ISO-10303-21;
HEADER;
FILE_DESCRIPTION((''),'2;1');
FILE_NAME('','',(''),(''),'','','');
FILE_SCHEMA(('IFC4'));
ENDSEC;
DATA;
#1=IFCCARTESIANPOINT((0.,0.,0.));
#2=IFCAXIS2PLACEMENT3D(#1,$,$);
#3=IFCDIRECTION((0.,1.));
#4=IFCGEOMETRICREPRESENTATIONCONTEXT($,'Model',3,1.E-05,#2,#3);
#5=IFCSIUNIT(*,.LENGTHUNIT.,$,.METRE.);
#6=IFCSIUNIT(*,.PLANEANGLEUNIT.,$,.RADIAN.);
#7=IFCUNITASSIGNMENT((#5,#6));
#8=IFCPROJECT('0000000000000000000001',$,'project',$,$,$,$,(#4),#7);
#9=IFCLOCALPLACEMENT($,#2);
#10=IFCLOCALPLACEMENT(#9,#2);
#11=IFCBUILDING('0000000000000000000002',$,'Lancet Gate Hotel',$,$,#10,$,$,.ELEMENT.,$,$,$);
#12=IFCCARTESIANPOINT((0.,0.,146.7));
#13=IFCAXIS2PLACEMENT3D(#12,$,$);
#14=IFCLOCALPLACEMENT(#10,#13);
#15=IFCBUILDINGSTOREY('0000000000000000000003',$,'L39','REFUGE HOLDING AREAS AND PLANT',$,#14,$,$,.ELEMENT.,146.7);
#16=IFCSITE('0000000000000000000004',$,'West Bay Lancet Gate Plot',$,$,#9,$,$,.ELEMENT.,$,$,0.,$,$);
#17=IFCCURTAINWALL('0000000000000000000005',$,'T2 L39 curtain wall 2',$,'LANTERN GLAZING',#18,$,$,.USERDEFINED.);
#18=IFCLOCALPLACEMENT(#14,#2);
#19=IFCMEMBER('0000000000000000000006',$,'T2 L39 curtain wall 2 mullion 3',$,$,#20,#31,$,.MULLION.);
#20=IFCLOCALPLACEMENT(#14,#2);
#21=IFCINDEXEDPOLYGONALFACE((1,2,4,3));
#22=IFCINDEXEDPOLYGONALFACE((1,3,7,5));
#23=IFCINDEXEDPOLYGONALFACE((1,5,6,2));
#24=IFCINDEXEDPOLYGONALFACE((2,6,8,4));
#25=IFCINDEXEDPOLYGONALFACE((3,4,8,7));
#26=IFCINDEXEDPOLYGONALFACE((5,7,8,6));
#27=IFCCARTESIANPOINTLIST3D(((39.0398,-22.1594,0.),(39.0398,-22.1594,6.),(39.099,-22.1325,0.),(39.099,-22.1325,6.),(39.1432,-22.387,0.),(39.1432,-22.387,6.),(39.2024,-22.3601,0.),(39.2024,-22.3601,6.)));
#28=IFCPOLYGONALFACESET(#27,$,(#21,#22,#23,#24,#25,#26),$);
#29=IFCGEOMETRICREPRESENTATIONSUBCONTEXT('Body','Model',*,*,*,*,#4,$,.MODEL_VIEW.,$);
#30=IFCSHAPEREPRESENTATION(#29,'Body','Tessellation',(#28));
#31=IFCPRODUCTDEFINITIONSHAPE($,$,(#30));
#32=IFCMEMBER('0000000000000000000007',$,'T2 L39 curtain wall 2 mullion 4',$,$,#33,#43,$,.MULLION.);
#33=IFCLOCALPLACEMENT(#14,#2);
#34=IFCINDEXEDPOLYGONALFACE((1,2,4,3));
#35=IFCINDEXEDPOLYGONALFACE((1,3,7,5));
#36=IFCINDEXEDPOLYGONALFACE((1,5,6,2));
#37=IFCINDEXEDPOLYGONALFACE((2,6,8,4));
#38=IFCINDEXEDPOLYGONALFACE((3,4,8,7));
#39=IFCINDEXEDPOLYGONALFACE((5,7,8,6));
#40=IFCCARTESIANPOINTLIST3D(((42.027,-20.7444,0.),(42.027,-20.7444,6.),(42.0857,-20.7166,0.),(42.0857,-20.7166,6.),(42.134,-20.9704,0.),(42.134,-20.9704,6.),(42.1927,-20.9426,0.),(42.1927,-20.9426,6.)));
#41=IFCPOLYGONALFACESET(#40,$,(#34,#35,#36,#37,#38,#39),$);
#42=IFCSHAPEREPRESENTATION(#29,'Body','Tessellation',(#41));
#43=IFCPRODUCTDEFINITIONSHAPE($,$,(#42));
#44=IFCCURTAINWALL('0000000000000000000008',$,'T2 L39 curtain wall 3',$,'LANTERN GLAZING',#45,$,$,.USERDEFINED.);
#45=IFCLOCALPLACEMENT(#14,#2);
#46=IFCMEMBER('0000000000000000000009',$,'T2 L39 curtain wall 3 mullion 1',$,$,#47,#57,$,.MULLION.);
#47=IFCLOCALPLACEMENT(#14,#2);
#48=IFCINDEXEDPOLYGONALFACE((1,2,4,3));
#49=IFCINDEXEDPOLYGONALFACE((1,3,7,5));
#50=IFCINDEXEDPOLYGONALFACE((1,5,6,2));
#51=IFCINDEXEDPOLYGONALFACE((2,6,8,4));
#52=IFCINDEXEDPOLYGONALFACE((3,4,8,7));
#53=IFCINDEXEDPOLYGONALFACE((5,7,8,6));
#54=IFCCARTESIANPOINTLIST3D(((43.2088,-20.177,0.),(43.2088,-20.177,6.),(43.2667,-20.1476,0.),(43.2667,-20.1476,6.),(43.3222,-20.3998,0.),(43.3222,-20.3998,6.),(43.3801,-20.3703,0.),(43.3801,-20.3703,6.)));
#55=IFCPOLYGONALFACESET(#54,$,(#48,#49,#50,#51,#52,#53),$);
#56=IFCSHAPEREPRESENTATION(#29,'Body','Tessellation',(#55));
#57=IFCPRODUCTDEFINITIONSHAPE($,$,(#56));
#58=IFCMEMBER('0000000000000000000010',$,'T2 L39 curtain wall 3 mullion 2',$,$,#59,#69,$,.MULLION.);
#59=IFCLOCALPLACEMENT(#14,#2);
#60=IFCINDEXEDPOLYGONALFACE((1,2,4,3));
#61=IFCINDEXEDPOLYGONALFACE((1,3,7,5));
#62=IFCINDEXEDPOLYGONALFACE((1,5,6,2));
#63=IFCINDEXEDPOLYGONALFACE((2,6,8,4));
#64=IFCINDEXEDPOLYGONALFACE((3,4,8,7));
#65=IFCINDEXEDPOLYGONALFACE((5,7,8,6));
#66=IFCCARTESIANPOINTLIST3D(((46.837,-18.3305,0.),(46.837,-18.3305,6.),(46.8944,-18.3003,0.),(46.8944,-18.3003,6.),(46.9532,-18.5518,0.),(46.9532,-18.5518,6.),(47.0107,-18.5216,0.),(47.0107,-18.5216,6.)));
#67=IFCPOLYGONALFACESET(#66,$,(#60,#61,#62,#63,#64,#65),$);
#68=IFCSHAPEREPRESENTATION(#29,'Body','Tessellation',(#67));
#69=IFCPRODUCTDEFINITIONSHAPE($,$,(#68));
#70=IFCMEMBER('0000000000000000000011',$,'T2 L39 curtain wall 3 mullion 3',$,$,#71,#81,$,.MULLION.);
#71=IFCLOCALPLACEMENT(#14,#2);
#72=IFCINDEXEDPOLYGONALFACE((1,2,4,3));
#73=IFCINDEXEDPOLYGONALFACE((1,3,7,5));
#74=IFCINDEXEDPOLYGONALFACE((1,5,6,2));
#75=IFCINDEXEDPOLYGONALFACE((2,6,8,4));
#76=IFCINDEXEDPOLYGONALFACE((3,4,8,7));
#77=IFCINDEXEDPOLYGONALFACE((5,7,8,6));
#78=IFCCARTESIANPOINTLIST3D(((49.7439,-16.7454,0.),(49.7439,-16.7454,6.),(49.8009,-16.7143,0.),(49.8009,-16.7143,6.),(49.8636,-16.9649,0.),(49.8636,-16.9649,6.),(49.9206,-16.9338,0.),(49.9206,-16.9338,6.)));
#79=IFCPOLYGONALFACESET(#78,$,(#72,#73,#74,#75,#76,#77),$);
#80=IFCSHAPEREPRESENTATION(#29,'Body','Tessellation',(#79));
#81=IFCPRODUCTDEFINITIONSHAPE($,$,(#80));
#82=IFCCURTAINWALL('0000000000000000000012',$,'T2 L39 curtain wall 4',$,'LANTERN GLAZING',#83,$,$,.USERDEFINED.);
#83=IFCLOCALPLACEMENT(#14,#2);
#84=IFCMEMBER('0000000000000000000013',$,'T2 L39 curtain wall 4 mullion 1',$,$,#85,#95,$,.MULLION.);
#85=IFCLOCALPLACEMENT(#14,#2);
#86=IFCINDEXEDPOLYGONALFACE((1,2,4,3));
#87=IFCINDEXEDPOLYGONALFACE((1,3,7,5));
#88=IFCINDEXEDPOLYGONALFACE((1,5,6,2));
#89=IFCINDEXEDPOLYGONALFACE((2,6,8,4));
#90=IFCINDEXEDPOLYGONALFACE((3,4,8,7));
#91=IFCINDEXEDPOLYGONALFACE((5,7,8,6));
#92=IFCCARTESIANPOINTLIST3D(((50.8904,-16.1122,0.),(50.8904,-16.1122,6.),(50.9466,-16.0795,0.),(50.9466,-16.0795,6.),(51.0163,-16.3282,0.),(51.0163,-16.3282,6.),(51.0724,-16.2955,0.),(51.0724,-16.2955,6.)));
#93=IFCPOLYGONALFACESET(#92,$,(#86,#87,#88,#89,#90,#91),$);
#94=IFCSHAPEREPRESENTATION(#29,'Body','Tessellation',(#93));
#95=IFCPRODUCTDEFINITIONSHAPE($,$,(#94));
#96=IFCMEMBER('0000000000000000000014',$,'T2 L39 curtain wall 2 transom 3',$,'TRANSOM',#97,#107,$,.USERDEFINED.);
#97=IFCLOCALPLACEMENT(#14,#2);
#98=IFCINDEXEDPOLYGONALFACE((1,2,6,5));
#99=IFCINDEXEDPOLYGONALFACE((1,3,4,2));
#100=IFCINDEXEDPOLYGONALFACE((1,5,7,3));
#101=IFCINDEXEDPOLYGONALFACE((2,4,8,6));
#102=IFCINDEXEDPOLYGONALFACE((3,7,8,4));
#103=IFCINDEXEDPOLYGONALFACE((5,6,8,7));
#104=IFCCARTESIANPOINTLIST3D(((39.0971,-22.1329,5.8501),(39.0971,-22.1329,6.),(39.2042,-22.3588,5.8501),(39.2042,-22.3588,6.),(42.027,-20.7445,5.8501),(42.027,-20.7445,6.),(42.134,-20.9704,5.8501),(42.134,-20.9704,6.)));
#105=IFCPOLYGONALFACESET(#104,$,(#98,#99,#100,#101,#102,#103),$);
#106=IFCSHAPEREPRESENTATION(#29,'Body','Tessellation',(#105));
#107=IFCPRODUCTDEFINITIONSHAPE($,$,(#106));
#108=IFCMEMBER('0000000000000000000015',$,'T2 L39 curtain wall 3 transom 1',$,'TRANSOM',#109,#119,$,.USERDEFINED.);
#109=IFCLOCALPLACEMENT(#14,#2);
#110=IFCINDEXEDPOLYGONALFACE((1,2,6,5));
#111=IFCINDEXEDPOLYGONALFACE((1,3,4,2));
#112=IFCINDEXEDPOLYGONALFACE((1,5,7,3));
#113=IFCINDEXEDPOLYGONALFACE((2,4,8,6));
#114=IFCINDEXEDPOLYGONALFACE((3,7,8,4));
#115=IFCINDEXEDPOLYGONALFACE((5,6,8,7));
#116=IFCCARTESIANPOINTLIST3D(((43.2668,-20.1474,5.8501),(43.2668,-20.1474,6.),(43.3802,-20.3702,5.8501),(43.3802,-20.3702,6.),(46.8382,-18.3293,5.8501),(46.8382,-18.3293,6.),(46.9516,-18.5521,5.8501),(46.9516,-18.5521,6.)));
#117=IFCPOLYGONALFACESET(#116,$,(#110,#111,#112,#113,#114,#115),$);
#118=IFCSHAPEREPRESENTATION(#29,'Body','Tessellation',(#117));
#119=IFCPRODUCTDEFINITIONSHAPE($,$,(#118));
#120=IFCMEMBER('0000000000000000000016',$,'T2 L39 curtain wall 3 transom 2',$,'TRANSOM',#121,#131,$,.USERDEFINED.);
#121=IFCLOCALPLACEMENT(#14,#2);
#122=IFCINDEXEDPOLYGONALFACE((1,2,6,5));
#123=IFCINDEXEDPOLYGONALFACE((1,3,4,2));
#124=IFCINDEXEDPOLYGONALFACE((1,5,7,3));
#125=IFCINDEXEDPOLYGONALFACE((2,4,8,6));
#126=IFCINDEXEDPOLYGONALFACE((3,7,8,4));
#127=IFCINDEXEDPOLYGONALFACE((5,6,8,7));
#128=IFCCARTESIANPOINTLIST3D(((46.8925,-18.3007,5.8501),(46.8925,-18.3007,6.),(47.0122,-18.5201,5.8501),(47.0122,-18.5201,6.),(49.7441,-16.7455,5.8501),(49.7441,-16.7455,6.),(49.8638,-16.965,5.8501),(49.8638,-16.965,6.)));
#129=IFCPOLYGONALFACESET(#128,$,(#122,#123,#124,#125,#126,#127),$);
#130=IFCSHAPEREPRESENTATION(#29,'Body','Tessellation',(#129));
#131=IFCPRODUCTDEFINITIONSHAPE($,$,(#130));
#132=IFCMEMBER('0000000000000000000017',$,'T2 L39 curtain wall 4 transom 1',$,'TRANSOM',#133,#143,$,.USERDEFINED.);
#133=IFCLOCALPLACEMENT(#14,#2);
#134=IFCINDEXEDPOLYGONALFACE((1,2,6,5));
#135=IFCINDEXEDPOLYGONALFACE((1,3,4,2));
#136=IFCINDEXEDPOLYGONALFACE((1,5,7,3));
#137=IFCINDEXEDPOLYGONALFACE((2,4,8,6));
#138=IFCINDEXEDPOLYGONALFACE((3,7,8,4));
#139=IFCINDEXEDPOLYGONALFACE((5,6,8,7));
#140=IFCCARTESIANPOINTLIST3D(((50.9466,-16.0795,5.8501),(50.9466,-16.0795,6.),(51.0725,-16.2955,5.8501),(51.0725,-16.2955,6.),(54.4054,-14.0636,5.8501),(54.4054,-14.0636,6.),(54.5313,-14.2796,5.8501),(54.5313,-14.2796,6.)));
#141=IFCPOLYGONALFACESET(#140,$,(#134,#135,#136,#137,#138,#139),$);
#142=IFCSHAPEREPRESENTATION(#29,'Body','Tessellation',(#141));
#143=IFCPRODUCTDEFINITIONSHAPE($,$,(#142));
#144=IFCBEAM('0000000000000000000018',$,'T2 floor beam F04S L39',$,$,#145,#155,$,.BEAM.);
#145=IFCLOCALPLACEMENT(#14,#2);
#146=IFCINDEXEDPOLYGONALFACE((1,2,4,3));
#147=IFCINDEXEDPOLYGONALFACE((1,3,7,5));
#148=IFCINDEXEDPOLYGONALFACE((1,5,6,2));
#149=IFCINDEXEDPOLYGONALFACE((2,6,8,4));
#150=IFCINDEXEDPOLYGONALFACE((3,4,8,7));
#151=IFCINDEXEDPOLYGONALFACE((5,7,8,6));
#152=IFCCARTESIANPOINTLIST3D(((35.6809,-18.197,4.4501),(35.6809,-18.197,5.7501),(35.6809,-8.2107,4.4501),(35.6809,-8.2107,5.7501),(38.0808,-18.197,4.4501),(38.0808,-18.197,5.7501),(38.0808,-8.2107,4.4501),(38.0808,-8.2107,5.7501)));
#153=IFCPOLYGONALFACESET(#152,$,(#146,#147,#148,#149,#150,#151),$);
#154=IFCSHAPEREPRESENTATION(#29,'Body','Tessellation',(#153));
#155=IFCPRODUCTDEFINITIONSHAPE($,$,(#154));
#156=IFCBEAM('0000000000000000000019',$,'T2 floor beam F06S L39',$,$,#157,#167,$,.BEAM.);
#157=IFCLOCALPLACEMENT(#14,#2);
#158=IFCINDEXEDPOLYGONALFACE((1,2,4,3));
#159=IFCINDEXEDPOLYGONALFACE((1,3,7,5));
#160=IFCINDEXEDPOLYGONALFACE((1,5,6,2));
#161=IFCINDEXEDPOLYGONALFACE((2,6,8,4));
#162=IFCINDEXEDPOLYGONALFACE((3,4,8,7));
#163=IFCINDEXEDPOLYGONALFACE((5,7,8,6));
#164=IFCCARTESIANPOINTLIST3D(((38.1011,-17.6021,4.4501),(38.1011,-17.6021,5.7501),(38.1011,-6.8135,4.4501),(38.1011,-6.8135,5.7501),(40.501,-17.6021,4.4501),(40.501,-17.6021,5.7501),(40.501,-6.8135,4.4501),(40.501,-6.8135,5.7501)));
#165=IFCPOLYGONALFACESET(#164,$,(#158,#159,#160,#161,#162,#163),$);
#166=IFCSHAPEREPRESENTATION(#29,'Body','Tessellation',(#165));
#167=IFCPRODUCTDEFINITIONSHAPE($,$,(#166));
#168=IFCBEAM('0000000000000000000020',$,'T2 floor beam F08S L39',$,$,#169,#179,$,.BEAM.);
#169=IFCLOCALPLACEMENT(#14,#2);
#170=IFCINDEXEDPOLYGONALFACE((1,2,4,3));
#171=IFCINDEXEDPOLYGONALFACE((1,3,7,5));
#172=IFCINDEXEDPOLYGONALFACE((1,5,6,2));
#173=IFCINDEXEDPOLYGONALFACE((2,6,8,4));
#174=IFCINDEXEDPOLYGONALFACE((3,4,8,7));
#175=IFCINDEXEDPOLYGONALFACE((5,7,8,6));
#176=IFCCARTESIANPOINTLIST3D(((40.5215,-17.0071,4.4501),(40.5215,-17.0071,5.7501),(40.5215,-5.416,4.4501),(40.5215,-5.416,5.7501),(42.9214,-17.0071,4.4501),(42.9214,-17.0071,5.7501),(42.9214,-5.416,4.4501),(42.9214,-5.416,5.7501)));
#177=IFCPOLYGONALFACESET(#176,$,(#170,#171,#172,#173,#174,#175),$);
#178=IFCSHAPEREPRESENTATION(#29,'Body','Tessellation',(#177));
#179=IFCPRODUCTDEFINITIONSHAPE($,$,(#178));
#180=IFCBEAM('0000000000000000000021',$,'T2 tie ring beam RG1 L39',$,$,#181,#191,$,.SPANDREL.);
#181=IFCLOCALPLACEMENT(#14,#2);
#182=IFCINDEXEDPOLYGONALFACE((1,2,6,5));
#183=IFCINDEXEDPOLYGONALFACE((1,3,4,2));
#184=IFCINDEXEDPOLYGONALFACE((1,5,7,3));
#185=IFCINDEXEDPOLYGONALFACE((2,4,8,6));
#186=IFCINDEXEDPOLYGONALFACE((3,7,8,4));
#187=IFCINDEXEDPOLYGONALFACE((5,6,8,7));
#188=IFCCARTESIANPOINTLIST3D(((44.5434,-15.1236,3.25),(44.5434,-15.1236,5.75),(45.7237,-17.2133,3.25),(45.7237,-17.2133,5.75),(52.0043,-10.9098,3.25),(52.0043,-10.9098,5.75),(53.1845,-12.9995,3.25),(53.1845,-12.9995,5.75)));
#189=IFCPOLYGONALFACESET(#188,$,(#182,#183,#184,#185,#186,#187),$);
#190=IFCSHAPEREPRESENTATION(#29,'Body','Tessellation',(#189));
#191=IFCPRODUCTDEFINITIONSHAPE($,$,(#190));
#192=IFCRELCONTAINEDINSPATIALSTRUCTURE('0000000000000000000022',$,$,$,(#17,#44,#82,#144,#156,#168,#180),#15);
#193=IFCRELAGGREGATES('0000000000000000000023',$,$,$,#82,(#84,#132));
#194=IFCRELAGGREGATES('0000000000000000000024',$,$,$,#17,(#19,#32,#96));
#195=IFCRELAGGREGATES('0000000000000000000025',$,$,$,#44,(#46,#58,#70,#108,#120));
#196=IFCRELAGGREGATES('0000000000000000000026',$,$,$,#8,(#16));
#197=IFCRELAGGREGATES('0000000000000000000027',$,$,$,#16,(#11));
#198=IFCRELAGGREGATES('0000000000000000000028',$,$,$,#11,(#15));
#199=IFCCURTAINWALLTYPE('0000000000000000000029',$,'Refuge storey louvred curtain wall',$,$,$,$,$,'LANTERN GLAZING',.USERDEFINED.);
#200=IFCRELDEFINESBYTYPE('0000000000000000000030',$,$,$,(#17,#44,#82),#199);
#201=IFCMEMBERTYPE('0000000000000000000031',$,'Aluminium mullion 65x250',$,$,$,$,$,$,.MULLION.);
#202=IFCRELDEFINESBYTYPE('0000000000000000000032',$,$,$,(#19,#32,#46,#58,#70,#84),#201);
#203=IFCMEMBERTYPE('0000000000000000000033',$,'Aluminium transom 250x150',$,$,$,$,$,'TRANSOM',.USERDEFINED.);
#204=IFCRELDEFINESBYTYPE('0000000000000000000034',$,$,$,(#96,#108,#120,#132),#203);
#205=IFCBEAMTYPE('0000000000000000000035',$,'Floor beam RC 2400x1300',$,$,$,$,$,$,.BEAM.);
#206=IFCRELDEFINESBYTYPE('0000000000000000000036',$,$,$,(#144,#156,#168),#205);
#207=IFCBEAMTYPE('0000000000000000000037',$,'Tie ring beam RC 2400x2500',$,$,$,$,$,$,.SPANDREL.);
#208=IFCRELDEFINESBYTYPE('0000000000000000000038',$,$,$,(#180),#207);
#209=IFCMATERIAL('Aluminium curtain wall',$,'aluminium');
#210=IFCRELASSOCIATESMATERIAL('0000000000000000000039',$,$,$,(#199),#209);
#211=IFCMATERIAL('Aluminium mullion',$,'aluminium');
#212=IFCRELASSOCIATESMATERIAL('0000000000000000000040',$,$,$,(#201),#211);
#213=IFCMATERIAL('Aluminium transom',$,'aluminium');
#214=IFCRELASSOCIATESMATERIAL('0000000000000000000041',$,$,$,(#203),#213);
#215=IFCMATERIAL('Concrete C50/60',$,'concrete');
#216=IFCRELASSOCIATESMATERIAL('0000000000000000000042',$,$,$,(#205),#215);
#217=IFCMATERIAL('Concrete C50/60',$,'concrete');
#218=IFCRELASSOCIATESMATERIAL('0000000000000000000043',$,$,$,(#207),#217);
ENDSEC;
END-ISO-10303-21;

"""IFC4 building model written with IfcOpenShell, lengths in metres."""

from ifc_helpers import new_model, si_unit, direction, frame, origin, origin_2d, place, context, subcontext, project, spatial, rectangle, extrude, material, material_profile, profile_set, type_object, element, aggregate, save


model = new_model("IFC4")

# Units and contexts
model_context = context("Model", 3, precision=1e-05, world=origin(), true_north=direction((0.0, 1.0)))
body_context = subcontext(model_context, "Body", "Model", "MODEL_VIEW")
ifc_project = project(units=[si_unit("LENGTHUNIT", "METRE"), si_unit("PLANEANGLEUNIT", "RADIAN")], contexts=[model_context])

# Site, building, storey
site_placement = place(None, origin())
site = spatial("IfcSite", under=ifc_project, at=site_placement, Name="West Bay Lancet Gate Plot", CompositionType="ELEMENT", RefElevation=0.0)
building_placement = place(site_placement, origin())
building = spatial("IfcBuilding", under=site, at=building_placement, Name="Lancet Gate Hotel", CompositionType="ELEMENT")
storey_placement = place(building_placement, frame((0.0, 0.0, 146.7)))
storey = spatial("IfcBuildingStorey", under=building, at=storey_placement, Name="L39", Description="REFUGE HOLDING AREAS AND PLANT", CompositionType="ELEMENT", Elevation=146.7)

# Curtain walls, members
ifc_material_1 = material(Name="Aluminium curtain wall", Category="aluminium")
curtain_wall_type = type_object("IfcCurtainWallType", Name="Refuge storey louvred curtain wall", ElementType="LANTERN GLAZING", PredefinedType="USERDEFINED", material=ifc_material_1)
curtain_wall_1_placement = place(storey_placement, origin())
curtain_wall_1 = element("IfcCurtainWall", 1, at=curtain_wall_1_placement, inside=storey, type_object=curtain_wall_type, Name="T2 L39 curtain wall 2", ObjectType="LANTERN GLAZING", PredefinedType="USERDEFINED")
ifc_material_2 = material(Name="Aluminium mullion", Category="aluminium")
ifc_material_profile_1 = material_profile(ifc_material_2, rectangle(XDim=0.0649, YDim=0.25, at=origin_2d()), Name="MULLION 65x250")
ifc_profile_set_1 = profile_set([ifc_material_profile_1], Name="Aluminium mullion")
member_type_1 = type_object("IfcMemberType", Name="Aluminium mullion 65x250", PredefinedType="MULLION", material=ifc_profile_set_1)
member_1_placement = place(storey_placement, frame((39.1211, -22.2598, 0.0), z_axis=(0.0, 0.0, 1.0), x_axis=(0.910473, 0.41357, 0.0)))
member_1 = element("IfcMember", 2, at=member_1_placement, type_object=member_type_1, Name="T2 L39 curtain wall 2 mullion 3", PredefinedType="MULLION", context=body_context, shape_type="SweptSolid", body=[
    extrude(rectangle(XDim=0.0649, YDim=0.25, at=origin_2d()), origin(), (0.0, 0.0, 1.0), 6.0),
])
member_2_placement = place(storey_placement, frame((42.1099, -20.8435, 0.0), z_axis=(0.0, 0.0, 1.0), x_axis=(0.903683, 0.428201, 0.0)))
member_2 = element("IfcMember", 3, at=member_2_placement, type_object=member_type_1, Name="T2 L39 curtain wall 2 mullion 4", PredefinedType="MULLION", context=body_context, shape_type="SweptSolid", body=[
    extrude(rectangle(XDim=0.0649, YDim=0.25, at=origin_2d()), origin(), (0.0, 0.0, 1.0), 6.0),
])
curtain_wall_2_placement = place(storey_placement, origin())
curtain_wall_2 = element("IfcCurtainWall", 4, at=curtain_wall_2_placement, inside=storey, type_object=curtain_wall_type, Name="T2 L39 curtain wall 3", ObjectType="LANTERN GLAZING", PredefinedType="USERDEFINED")
member_3_placement = place(storey_placement, frame((43.2944, -20.2737, 0.0), z_axis=(0.0, 0.0, 1.0), x_axis=(0.891159, 0.45369, 0.0)))
member_3 = element("IfcMember", 5, at=member_3_placement, type_object=member_type_1, Name="T2 L39 curtain wall 3 mullion 1", PredefinedType="MULLION", context=body_context, shape_type="SweptSolid", body=[
    extrude(rectangle(XDim=0.0649, YDim=0.25, at=origin_2d()), origin(), (0.0, 0.0, 1.0), 6.0),
])
member_4_placement = place(storey_placement, frame((46.9238, -18.426, 0.0), z_axis=(0.0, 0.0, 1.0), x_axis=(0.885307, 0.465006, 0.0)))
member_4 = element("IfcMember", 6, at=member_4_placement, type_object=member_type_1, Name="T2 L39 curtain wall 3 mullion 2", PredefinedType="MULLION", context=body_context, shape_type="SweptSolid", body=[
    extrude(rectangle(XDim=0.0649, YDim=0.25, at=origin_2d()), origin(), (0.0, 0.0, 1.0), 6.0),
])
member_5_placement = place(storey_placement, frame((49.8323, -16.8396, 0.0), z_axis=(0.0, 0.0, 1.0), x_axis=(0.877916, 0.478814, 0.0)))
member_5 = element("IfcMember", 7, at=member_5_placement, type_object=member_type_1, Name="T2 L39 curtain wall 3 mullion 3", PredefinedType="MULLION", context=body_context, shape_type="SweptSolid", body=[
    extrude(rectangle(XDim=0.0649, YDim=0.25, at=origin_2d()), origin(), (0.0, 0.0, 1.0), 6.0),
])

# Curtain wall, member
curtain_wall_3_placement = place(storey_placement, origin())
curtain_wall_3 = element("IfcCurtainWall", 8, at=curtain_wall_3_placement, inside=storey, type_object=curtain_wall_type, Name="T2 L39 curtain wall 4", ObjectType="LANTERN GLAZING", PredefinedType="USERDEFINED")
member_6_placement = place(storey_placement, frame((50.9814, -16.2039, 0.0), z_axis=(0.0, 0.0, 1.0), x_axis=(0.863966, 0.503551, 0.0)))
member_6 = element("IfcMember", 9, at=member_6_placement, type_object=member_type_1, Name="T2 L39 curtain wall 4 mullion 1", PredefinedType="MULLION", context=body_context, shape_type="SweptSolid", body=[
    extrude(rectangle(XDim=0.0649, YDim=0.25, at=origin_2d()), origin(), (0.0, 0.0, 1.0), 6.0),
])

# Members
ifc_material_3 = material(Name="Aluminium transom", Category="aluminium")
ifc_material_profile_2 = material_profile(ifc_material_3, rectangle(XDim=0.25, YDim=0.1499, at=origin_2d()), Name="TRANSOM 250x150")
ifc_profile_set_2 = profile_set([ifc_material_profile_2], Name="Aluminium transom")
member_type_2 = type_object("IfcMemberType", Name="Aluminium transom 250x150", ElementType="TRANSOM", PredefinedType="USERDEFINED", material=ifc_profile_set_2)
member_7_placement = place(storey_placement, frame((39.1506, -22.2458, 5.925), z_axis=(0.90367, 0.428229, 0.0), x_axis=(-0.428229, 0.90367, 0.0)))
member_7 = element("IfcMember", 10, at=member_7_placement, type_object=member_type_2, Name="T2 L39 curtain wall 2 transom 3", ObjectType="TRANSOM", PredefinedType="USERDEFINED", context=body_context, shape_type="SweptSolid", body=[
    extrude(rectangle(XDim=0.25, YDim=0.1499, at=origin_2d()), origin(), (0.0, 0.0, 1.0), 3.2422),
])
member_8_placement = place(storey_placement, frame((43.3235, -20.2588, 5.925), z_axis=(0.891175, 0.453659, 0.0), x_axis=(-0.453659, 0.891175, 0.0)))
member_8 = element("IfcMember", 11, at=member_8_placement, type_object=member_type_2, Name="T2 L39 curtain wall 3 transom 1", ObjectType="TRANSOM", PredefinedType="USERDEFINED", context=body_context, shape_type="SweptSolid", body=[
    extrude(rectangle(XDim=0.25, YDim=0.1499, at=origin_2d()), origin(), (0.0, 0.0, 1.0), 4.0076),
])
member_9_placement = place(storey_placement, frame((46.9524, -18.4104, 5.925), z_axis=(0.877924, 0.478799, 0.0), x_axis=(-0.478799, 0.877924, 0.0)))
member_9 = element("IfcMember", 12, at=member_9_placement, type_object=member_type_2, Name="T2 L39 curtain wall 3 transom 2", ObjectType="TRANSOM", PredefinedType="USERDEFINED", context=body_context, shape_type="SweptSolid", body=[
    extrude(rectangle(XDim=0.25, YDim=0.1499, at=origin_2d()), origin(), (0.0, 0.0, 1.0), 3.248),
])
member_10_placement = place(storey_placement, frame((51.0095, -16.1875, 5.925), z_axis=(0.863967, 0.503549, 0.0), x_axis=(-0.503549, 0.863967, 0.0)))
member_10 = element("IfcMember", 13, at=member_10_placement, type_object=member_type_2, Name="T2 L39 curtain wall 4 transom 1", ObjectType="TRANSOM", PredefinedType="USERDEFINED", context=body_context, shape_type="SweptSolid", body=[
    extrude(rectangle(XDim=0.25, YDim=0.1499, at=origin_2d()), origin(), (0.0, 0.0, 1.0), 4.0034),
])
aggregate(curtain_wall_3, [member_6, member_10])

# Beams
ifc_material_4 = material(Name="Concrete C50/60", Category="concrete")
ifc_material_profile_3 = material_profile(ifc_material_4, rectangle(XDim=2.3999, YDim=1.3, at=origin_2d()), Name="RC 2400x1300")
ifc_profile_set_3 = profile_set([ifc_material_profile_3], Name="Concrete C50/60")
beam_type_1 = type_object("IfcBeamType", Name="Floor beam RC 2400x1300", PredefinedType="BEAM", material=ifc_profile_set_3)
beam_1_placement = place(storey_placement, frame((36.8809, -18.197, 5.1001), z_axis=(0.0, 1.0, 0.0), x_axis=(-1.0, 0.0, 0.0)))
element("IfcBeam", 14, at=beam_1_placement, inside=storey, type_object=beam_type_1, Name="T2 floor beam F04S L39", PredefinedType="BEAM", context=body_context, shape_type="SweptSolid", body=[
    extrude(rectangle(XDim=2.3999, YDim=1.3, at=origin_2d()), origin(), (0.0, 0.0, 1.0), 9.9863),
])
beam_2_placement = place(storey_placement, frame((39.301, -17.6021, 5.1001), z_axis=(0.0, 1.0, 0.0), x_axis=(-1.0, 0.0, 0.0)))
element("IfcBeam", 15, at=beam_2_placement, inside=storey, type_object=beam_type_1, Name="T2 floor beam F06S L39", PredefinedType="BEAM", context=body_context, shape_type="SweptSolid", body=[
    extrude(rectangle(XDim=2.3999, YDim=1.3, at=origin_2d()), origin(), (0.0, 0.0, 1.0), 10.7886),
])
beam_3_placement = place(storey_placement, frame((41.7214, -17.0071, 5.1001), z_axis=(0.0, 1.0, 0.0), x_axis=(-1.0, 0.0, 0.0)))
element("IfcBeam", 16, at=beam_3_placement, inside=storey, type_object=beam_type_1, Name="T2 floor beam F08S L39", PredefinedType="BEAM", context=body_context, shape_type="SweptSolid", body=[
    extrude(rectangle(XDim=2.3999, YDim=1.3, at=origin_2d()), origin(), (0.0, 0.0, 1.0), 11.5911),
])
ifc_material_5 = material(Name="Concrete C50/60", Category="concrete")
ifc_material_profile_4 = material_profile(ifc_material_5, rectangle(XDim=2.3999, YDim=2.5, at=origin_2d()), Name="RC 2400x2500")
ifc_profile_set_4 = profile_set([ifc_material_profile_4], Name="Concrete C50/60")
beam_type_2 = type_object("IfcBeamType", Name="Tie ring beam RC 2400x2500", PredefinedType="SPANDREL", material=ifc_profile_set_4)
beam_4_placement = place(storey_placement, frame((45.1335, -16.1685, 4.5), z_axis=(0.870722, 0.491776, 0.0), x_axis=(-0.491776, 0.870722, 0.0)))
element("IfcBeam", 17, at=beam_4_placement, inside=storey, type_object=beam_type_2, Name="T2 tie ring beam RG1 L39", PredefinedType="SPANDREL", context=body_context, shape_type="SweptSolid", body=[
    extrude(rectangle(XDim=2.3999, YDim=2.5, at=origin_2d()), origin(), (0.0, 0.0, 1.0), 8.5686),
])

aggregate(curtain_wall_1, [member_1, member_2, member_7])
aggregate(curtain_wall_2, [member_3, member_4, member_5, member_8, member_9])

save(model, "model.ifc")
